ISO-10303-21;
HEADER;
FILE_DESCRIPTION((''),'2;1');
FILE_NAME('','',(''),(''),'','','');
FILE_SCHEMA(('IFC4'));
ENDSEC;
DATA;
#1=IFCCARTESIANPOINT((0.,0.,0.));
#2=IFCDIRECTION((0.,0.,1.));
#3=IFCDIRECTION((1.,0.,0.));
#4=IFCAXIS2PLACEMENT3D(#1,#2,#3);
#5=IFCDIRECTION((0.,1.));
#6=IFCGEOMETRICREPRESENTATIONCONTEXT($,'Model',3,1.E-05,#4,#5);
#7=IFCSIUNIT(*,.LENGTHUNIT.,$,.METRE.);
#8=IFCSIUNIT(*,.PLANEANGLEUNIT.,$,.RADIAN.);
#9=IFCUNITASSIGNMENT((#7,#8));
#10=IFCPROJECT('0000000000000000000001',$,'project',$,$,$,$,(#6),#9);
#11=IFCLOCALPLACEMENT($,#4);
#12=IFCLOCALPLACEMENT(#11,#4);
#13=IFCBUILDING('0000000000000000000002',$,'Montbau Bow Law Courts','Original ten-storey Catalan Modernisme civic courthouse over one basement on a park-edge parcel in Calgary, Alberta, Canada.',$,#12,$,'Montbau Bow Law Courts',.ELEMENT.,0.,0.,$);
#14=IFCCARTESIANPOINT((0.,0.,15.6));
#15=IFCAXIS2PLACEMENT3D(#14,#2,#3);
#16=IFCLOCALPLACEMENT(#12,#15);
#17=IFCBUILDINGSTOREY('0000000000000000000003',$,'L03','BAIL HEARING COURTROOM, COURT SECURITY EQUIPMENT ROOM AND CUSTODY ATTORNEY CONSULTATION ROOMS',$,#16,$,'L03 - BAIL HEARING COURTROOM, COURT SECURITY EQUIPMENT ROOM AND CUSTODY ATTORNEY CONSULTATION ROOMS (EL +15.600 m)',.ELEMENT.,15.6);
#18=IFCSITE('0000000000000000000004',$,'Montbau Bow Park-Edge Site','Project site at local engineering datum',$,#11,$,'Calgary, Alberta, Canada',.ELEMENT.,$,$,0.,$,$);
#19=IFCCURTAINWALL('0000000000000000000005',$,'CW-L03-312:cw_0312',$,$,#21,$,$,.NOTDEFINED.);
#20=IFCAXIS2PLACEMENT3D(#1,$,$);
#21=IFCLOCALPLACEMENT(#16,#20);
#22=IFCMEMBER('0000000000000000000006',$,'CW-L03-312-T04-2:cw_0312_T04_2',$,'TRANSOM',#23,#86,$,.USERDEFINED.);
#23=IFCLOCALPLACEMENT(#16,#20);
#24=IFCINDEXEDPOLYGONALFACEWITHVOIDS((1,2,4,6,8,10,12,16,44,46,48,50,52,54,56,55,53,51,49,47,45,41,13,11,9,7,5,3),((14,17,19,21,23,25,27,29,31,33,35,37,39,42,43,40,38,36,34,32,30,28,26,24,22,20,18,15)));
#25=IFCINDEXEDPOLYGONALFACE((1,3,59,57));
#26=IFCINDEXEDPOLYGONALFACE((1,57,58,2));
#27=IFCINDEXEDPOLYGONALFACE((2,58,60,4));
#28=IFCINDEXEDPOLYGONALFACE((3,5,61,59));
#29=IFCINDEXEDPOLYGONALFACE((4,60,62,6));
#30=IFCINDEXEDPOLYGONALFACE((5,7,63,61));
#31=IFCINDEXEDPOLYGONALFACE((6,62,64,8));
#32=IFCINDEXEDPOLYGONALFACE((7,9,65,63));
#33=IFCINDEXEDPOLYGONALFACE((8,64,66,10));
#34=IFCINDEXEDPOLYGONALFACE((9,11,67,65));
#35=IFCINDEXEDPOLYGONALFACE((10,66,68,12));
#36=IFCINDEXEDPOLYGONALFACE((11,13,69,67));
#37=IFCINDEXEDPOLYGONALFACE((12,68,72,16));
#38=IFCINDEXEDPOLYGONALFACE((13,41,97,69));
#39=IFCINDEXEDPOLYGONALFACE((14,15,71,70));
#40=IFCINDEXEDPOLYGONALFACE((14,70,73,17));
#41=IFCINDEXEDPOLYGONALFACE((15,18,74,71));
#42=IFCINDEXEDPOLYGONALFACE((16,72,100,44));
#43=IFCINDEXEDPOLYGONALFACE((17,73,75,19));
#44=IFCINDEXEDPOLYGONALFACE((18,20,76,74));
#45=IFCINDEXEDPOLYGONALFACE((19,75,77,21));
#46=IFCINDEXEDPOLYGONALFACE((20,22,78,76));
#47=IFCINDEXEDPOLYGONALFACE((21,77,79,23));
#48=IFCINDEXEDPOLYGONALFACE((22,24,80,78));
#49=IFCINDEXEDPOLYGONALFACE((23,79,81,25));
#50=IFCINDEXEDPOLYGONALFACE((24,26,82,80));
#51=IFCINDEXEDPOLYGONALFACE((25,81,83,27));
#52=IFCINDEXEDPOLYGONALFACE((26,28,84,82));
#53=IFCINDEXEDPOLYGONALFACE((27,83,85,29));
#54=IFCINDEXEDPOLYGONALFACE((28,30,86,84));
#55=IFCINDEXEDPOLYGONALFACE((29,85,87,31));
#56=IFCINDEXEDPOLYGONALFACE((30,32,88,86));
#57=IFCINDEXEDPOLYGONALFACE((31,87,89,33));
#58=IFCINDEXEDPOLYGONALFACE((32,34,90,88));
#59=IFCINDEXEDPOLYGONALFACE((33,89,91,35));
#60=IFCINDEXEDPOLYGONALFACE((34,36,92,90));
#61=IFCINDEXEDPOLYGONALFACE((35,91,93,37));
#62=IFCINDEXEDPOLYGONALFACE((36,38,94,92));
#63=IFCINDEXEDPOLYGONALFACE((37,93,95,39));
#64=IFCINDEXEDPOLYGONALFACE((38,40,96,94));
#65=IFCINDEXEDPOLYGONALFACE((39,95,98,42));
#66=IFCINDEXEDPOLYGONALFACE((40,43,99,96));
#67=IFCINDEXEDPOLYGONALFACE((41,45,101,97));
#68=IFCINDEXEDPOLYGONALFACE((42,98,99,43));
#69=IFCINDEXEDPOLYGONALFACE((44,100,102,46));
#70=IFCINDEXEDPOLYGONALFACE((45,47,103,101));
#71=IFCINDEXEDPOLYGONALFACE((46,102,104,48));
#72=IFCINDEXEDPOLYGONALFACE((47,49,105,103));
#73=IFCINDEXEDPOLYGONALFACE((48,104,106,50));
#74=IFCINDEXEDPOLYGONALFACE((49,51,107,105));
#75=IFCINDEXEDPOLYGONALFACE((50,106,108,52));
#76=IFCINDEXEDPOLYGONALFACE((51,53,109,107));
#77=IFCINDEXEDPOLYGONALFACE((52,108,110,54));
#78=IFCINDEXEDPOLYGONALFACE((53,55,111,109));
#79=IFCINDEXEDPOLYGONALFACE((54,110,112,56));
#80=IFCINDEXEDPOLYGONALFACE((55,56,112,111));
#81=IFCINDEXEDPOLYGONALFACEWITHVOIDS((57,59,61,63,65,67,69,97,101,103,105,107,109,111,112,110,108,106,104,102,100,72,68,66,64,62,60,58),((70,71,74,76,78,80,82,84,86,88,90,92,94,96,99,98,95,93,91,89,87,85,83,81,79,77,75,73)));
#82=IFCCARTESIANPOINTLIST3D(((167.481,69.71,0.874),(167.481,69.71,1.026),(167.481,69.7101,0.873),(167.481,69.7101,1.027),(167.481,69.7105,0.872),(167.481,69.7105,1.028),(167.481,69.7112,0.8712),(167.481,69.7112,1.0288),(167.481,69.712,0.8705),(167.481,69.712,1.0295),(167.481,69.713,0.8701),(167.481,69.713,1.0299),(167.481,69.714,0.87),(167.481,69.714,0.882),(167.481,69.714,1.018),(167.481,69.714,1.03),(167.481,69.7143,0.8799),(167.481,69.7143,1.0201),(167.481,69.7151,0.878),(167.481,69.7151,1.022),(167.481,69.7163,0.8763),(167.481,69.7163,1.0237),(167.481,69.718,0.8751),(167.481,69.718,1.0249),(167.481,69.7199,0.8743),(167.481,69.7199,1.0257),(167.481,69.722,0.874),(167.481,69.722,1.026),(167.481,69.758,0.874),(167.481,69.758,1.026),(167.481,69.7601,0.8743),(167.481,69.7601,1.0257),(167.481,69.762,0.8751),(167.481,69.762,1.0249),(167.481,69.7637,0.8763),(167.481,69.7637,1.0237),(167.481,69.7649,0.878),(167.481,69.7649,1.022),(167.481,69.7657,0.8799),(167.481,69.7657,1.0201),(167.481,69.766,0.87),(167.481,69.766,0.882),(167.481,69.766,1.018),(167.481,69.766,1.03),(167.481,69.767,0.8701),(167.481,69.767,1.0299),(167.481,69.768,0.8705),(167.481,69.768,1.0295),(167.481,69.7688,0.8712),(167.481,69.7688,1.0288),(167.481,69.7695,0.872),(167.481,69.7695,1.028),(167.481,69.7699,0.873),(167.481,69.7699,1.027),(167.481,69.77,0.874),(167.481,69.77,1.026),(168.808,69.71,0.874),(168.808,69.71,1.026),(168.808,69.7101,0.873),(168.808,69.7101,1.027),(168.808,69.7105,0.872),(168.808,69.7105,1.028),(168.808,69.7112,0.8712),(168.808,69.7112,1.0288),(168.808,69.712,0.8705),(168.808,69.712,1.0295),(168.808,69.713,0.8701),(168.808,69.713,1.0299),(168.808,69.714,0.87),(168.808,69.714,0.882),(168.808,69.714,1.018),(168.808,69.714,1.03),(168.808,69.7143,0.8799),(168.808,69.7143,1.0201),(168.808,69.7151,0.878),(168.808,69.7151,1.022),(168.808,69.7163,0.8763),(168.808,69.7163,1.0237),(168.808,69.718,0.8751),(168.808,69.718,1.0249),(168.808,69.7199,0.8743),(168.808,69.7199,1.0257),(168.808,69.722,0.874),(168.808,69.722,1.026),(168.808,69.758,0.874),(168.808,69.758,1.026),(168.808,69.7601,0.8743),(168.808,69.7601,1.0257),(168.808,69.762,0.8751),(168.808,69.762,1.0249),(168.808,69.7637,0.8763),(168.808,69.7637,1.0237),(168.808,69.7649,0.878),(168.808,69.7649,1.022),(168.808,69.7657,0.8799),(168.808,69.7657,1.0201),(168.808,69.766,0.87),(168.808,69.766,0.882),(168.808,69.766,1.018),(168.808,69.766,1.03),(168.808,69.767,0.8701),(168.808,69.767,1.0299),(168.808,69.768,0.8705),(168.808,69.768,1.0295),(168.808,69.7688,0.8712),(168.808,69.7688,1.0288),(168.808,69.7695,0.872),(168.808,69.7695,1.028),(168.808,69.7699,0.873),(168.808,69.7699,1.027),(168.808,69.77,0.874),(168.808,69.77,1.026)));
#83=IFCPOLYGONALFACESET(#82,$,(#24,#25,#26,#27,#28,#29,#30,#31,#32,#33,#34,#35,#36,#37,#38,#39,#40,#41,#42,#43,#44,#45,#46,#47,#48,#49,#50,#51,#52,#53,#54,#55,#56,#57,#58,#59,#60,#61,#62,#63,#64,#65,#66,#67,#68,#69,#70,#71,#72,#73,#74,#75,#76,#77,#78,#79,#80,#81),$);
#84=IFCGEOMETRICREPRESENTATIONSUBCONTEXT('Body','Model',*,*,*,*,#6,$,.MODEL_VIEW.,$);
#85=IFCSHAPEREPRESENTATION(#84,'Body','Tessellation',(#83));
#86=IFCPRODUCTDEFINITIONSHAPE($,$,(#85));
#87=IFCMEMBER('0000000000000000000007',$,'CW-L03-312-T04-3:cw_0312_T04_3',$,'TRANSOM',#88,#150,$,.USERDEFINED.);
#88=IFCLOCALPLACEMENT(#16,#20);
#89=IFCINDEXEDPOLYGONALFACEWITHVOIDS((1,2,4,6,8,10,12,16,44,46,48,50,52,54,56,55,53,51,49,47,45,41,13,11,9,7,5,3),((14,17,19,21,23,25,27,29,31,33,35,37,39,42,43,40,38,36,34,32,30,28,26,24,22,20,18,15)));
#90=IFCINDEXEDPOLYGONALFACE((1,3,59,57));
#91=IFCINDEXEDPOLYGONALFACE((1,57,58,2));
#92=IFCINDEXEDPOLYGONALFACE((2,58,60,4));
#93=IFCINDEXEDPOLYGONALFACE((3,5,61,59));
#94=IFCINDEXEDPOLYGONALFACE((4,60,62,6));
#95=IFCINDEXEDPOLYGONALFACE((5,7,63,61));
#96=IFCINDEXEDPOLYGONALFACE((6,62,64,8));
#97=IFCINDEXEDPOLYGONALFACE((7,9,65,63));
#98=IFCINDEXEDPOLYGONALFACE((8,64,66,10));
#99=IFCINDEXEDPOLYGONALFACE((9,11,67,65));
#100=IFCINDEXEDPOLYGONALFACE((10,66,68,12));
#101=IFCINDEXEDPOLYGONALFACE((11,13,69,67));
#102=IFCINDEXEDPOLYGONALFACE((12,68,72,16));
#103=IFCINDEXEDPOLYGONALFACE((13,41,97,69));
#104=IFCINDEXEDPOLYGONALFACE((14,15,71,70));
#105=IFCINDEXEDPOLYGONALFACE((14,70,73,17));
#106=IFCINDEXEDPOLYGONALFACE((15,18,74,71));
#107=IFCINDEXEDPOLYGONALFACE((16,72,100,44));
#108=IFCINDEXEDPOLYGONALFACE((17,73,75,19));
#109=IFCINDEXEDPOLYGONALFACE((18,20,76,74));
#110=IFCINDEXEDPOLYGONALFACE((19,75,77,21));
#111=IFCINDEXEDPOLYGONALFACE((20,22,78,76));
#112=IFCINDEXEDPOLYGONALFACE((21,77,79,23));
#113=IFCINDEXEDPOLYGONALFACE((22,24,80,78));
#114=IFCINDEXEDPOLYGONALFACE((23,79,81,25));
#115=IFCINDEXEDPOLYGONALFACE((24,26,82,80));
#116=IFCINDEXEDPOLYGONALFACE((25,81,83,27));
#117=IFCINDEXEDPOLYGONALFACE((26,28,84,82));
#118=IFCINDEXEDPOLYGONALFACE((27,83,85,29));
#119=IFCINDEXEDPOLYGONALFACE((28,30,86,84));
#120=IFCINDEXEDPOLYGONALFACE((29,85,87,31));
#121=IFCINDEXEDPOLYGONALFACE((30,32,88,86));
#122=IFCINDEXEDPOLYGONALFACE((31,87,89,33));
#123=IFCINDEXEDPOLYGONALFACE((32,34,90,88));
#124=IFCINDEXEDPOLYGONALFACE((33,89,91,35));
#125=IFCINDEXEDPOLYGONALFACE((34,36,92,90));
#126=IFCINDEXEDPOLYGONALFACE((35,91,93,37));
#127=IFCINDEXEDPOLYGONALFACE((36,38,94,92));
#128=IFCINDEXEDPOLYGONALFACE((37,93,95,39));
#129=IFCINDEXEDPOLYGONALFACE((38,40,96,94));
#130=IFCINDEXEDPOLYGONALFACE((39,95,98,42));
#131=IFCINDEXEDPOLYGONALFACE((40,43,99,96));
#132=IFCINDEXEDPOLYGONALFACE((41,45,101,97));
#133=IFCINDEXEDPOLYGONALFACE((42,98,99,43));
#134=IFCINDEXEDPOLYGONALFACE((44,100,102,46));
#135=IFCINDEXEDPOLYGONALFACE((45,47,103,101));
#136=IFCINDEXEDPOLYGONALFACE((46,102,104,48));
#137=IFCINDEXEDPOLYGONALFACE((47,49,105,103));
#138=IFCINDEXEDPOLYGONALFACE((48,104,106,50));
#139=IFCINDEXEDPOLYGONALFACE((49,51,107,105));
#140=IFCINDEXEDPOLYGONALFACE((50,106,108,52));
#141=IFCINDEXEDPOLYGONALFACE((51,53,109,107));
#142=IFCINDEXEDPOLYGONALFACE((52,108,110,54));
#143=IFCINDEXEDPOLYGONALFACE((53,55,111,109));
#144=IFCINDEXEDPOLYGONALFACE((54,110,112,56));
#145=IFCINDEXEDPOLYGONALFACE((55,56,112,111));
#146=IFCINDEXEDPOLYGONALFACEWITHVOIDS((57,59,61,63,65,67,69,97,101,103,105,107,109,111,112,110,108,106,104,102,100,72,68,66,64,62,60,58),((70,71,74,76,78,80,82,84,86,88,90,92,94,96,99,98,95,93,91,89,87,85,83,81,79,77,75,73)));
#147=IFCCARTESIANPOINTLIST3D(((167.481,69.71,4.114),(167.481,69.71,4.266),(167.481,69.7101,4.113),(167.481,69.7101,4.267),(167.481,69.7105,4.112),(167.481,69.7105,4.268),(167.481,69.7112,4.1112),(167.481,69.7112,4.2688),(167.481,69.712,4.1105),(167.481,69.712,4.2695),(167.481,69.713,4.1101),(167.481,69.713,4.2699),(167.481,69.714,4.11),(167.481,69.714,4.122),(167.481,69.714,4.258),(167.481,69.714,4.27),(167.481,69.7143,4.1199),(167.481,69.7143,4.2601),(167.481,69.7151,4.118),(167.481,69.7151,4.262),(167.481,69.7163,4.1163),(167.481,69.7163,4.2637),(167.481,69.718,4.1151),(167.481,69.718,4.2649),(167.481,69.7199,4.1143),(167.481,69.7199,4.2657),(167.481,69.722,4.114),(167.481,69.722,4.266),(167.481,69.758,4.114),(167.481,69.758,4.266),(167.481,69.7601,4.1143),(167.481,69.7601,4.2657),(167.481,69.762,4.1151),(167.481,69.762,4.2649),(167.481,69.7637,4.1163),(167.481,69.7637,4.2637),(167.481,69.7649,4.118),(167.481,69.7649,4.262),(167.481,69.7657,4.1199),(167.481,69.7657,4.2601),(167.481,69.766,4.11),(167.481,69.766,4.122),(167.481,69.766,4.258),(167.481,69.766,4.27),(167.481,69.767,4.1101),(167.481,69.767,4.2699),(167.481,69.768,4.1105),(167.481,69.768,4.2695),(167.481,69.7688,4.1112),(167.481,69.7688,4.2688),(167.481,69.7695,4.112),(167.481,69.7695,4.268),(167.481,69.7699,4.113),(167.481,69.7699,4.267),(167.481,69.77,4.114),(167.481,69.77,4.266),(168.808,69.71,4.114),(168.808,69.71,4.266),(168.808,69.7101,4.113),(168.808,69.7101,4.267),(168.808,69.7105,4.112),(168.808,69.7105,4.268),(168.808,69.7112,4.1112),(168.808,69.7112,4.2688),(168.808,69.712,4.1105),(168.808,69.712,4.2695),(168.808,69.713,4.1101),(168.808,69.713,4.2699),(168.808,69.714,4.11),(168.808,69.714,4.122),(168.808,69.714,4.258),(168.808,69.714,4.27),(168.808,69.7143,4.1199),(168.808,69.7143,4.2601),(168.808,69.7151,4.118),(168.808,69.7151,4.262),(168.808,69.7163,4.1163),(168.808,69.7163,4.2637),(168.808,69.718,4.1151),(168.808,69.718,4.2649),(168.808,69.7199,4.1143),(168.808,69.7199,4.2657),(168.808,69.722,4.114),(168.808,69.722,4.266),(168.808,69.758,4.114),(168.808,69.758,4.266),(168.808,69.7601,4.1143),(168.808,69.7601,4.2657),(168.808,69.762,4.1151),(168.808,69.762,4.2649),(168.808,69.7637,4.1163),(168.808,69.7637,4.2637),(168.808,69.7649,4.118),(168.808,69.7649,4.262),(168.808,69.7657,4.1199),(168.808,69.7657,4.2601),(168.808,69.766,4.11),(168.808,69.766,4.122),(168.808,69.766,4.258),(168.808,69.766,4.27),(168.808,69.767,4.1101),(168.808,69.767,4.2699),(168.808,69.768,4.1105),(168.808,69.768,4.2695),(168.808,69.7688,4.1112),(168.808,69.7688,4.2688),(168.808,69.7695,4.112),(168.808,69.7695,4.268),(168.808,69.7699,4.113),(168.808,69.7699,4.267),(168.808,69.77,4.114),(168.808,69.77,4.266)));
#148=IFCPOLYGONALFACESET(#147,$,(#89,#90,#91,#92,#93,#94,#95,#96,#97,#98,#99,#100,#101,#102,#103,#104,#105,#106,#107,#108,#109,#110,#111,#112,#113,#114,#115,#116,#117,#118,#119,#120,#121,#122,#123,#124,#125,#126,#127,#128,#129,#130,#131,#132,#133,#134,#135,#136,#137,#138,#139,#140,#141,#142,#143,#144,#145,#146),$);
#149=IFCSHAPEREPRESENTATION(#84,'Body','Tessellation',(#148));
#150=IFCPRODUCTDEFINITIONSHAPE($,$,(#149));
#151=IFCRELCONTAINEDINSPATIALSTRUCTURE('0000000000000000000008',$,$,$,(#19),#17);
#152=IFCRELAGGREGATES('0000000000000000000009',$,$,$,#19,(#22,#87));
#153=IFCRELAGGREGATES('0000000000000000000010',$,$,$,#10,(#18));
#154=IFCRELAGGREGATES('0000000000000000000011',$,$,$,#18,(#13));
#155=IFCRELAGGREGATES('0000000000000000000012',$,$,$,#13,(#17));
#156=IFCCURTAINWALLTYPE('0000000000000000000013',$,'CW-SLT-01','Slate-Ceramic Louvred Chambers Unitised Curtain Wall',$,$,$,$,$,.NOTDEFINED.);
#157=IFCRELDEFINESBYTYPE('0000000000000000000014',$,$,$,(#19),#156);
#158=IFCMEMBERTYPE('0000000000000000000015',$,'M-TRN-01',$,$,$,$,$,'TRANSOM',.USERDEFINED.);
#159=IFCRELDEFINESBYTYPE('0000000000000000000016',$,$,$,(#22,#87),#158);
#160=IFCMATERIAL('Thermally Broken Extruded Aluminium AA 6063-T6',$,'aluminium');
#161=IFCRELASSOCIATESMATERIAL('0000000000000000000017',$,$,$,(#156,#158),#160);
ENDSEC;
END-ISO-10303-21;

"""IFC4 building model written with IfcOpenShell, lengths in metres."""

from ifc_helpers import new_model, si_unit, direction, frame, origin_with_axes, origin_2d_with_axis, place, context, subcontext, project, spatial, hollow_rectangle, extrude, material, material_profile, profile_set, type_object, element, aggregate, save


model = new_model("IFC4")

# Units and contexts
model_context = context("Model", 3, precision=1e-05, world=origin_with_axes(), true_north=direction((0.0, 1.0)))
body_context = subcontext(model_context, "Body", "Model", "MODEL_VIEW")
ifc_project = project(units=[si_unit("LENGTHUNIT", "METRE"), si_unit("PLANEANGLEUNIT", "RADIAN")], contexts=[model_context])

# Site, building, storey
site_placement = place(None, origin_with_axes())
site = spatial("IfcSite", under=ifc_project, at=site_placement, Name="Montbau Bow Park-Edge Site", Description="Project site at local engineering datum", LongName="Calgary, Alberta, Canada", CompositionType="ELEMENT", RefElevation=0.0)
building_placement = place(site_placement, origin_with_axes())
building = spatial("IfcBuilding", under=site, at=building_placement, Name="Montbau Bow Law Courts", Description="Original ten-storey Catalan Modernisme civic courthouse over one basement on a park-edge parcel in Calgary, Alberta, Canada.", LongName="Montbau Bow Law Courts", CompositionType="ELEMENT", ElevationOfRefHeight=0.0, ElevationOfTerrain=0.0)
storey_placement = place(building_placement, frame((0.0, 0.0, 15.6), z_axis=(0.0, 0.0, 1.0), x_axis=(1.0, 0.0, 0.0)))
storey = spatial("IfcBuildingStorey", under=building, at=storey_placement, Name="L03", Description="BAIL HEARING COURTROOM, COURT SECURITY EQUIPMENT ROOM AND CUSTODY ATTORNEY CONSULTATION ROOMS", LongName="L03 - BAIL HEARING COURTROOM, COURT SECURITY EQUIPMENT ROOM AND CUSTODY ATTORNEY CONSULTATION ROOMS (EL +15.600 m)", CompositionType="ELEMENT", Elevation=15.6)

# Curtain wall
ifc_material_1 = material(Name="Thermally Broken Extruded Aluminium AA 6063-T6", Category="aluminium")
curtain_wall_type = type_object("IfcCurtainWallType", Name="CW-SLT-01", Description="Slate-Ceramic Louvred Chambers Unitised Curtain Wall", PredefinedType="NOTDEFINED", material=ifc_material_1)
curtain_wall_1_placement = place(None, frame((163.115, 69.74, 15.6), z_axis=(0.0, 0.0, 1.0), x_axis=(1.0, 0.0, 0.0)))
curtain_wall_1 = element("IfcCurtainWall", 1, at=curtain_wall_1_placement, inside=storey, type_object=curtain_wall_type, Name="CW-L03-312:cw_0312", PredefinedType="NOTDEFINED")

# Members
ifc_material_profile_1 = material_profile(ifc_material_1, hollow_rectangle(XDim=0.06, YDim=0.16, WallThickness=0.004, InnerFilletRadius=0.008, OuterFilletRadius=0.004, at=origin_2d_with_axis()), Name="CWT-160X60", Category="Main", Priority=0)
ifc_profile_set_1 = profile_set([ifc_material_profile_1], Name="Thermally Broken Extruded Aluminium AA 6063-T6")
member_type_1 = type_object("IfcMemberType", Name="M-TRN-01", ElementType="TRANSOM", PredefinedType="USERDEFINED", material=ifc_profile_set_1)
member_1_placement = place(None, frame((167.481, 69.74, 16.55), z_axis=(1.0, 0.0, 0.0), x_axis=(0.0, 1.0, 0.0)))
member_1 = element("IfcMember", 2, at=member_1_placement, type_object=member_type_1, Name="CW-L03-312-T04-2:cw_0312_T04_2", ObjectType="TRANSOM", PredefinedType="USERDEFINED", context=body_context, shape_type="SweptSolid", body=[
    extrude(hollow_rectangle(XDim=0.06, YDim=0.16, WallThickness=0.004, InnerFilletRadius=0.008, OuterFilletRadius=0.004, at=origin_2d_with_axis()), origin_with_axes(), (0.0, 0.0, 1.0), 1.327),
])
member_2_placement = place(None, frame((167.481, 69.74, 19.79), z_axis=(1.0, 0.0, 0.0), x_axis=(0.0, 1.0, 0.0)))
member_2 = element("IfcMember", 3, at=member_2_placement, type_object=member_type_1, Name="CW-L03-312-T04-3:cw_0312_T04_3", ObjectType="TRANSOM", PredefinedType="USERDEFINED", context=body_context, shape_type="SweptSolid", body=[
    extrude(hollow_rectangle(XDim=0.06, YDim=0.16, WallThickness=0.004, InnerFilletRadius=0.008, OuterFilletRadius=0.004, at=origin_2d_with_axis()), origin_with_axes(), (0.0, 0.0, 1.0), 1.327),
])

aggregate(curtain_wall_1, [member_1, member_2])

save(model, "model.ifc")
